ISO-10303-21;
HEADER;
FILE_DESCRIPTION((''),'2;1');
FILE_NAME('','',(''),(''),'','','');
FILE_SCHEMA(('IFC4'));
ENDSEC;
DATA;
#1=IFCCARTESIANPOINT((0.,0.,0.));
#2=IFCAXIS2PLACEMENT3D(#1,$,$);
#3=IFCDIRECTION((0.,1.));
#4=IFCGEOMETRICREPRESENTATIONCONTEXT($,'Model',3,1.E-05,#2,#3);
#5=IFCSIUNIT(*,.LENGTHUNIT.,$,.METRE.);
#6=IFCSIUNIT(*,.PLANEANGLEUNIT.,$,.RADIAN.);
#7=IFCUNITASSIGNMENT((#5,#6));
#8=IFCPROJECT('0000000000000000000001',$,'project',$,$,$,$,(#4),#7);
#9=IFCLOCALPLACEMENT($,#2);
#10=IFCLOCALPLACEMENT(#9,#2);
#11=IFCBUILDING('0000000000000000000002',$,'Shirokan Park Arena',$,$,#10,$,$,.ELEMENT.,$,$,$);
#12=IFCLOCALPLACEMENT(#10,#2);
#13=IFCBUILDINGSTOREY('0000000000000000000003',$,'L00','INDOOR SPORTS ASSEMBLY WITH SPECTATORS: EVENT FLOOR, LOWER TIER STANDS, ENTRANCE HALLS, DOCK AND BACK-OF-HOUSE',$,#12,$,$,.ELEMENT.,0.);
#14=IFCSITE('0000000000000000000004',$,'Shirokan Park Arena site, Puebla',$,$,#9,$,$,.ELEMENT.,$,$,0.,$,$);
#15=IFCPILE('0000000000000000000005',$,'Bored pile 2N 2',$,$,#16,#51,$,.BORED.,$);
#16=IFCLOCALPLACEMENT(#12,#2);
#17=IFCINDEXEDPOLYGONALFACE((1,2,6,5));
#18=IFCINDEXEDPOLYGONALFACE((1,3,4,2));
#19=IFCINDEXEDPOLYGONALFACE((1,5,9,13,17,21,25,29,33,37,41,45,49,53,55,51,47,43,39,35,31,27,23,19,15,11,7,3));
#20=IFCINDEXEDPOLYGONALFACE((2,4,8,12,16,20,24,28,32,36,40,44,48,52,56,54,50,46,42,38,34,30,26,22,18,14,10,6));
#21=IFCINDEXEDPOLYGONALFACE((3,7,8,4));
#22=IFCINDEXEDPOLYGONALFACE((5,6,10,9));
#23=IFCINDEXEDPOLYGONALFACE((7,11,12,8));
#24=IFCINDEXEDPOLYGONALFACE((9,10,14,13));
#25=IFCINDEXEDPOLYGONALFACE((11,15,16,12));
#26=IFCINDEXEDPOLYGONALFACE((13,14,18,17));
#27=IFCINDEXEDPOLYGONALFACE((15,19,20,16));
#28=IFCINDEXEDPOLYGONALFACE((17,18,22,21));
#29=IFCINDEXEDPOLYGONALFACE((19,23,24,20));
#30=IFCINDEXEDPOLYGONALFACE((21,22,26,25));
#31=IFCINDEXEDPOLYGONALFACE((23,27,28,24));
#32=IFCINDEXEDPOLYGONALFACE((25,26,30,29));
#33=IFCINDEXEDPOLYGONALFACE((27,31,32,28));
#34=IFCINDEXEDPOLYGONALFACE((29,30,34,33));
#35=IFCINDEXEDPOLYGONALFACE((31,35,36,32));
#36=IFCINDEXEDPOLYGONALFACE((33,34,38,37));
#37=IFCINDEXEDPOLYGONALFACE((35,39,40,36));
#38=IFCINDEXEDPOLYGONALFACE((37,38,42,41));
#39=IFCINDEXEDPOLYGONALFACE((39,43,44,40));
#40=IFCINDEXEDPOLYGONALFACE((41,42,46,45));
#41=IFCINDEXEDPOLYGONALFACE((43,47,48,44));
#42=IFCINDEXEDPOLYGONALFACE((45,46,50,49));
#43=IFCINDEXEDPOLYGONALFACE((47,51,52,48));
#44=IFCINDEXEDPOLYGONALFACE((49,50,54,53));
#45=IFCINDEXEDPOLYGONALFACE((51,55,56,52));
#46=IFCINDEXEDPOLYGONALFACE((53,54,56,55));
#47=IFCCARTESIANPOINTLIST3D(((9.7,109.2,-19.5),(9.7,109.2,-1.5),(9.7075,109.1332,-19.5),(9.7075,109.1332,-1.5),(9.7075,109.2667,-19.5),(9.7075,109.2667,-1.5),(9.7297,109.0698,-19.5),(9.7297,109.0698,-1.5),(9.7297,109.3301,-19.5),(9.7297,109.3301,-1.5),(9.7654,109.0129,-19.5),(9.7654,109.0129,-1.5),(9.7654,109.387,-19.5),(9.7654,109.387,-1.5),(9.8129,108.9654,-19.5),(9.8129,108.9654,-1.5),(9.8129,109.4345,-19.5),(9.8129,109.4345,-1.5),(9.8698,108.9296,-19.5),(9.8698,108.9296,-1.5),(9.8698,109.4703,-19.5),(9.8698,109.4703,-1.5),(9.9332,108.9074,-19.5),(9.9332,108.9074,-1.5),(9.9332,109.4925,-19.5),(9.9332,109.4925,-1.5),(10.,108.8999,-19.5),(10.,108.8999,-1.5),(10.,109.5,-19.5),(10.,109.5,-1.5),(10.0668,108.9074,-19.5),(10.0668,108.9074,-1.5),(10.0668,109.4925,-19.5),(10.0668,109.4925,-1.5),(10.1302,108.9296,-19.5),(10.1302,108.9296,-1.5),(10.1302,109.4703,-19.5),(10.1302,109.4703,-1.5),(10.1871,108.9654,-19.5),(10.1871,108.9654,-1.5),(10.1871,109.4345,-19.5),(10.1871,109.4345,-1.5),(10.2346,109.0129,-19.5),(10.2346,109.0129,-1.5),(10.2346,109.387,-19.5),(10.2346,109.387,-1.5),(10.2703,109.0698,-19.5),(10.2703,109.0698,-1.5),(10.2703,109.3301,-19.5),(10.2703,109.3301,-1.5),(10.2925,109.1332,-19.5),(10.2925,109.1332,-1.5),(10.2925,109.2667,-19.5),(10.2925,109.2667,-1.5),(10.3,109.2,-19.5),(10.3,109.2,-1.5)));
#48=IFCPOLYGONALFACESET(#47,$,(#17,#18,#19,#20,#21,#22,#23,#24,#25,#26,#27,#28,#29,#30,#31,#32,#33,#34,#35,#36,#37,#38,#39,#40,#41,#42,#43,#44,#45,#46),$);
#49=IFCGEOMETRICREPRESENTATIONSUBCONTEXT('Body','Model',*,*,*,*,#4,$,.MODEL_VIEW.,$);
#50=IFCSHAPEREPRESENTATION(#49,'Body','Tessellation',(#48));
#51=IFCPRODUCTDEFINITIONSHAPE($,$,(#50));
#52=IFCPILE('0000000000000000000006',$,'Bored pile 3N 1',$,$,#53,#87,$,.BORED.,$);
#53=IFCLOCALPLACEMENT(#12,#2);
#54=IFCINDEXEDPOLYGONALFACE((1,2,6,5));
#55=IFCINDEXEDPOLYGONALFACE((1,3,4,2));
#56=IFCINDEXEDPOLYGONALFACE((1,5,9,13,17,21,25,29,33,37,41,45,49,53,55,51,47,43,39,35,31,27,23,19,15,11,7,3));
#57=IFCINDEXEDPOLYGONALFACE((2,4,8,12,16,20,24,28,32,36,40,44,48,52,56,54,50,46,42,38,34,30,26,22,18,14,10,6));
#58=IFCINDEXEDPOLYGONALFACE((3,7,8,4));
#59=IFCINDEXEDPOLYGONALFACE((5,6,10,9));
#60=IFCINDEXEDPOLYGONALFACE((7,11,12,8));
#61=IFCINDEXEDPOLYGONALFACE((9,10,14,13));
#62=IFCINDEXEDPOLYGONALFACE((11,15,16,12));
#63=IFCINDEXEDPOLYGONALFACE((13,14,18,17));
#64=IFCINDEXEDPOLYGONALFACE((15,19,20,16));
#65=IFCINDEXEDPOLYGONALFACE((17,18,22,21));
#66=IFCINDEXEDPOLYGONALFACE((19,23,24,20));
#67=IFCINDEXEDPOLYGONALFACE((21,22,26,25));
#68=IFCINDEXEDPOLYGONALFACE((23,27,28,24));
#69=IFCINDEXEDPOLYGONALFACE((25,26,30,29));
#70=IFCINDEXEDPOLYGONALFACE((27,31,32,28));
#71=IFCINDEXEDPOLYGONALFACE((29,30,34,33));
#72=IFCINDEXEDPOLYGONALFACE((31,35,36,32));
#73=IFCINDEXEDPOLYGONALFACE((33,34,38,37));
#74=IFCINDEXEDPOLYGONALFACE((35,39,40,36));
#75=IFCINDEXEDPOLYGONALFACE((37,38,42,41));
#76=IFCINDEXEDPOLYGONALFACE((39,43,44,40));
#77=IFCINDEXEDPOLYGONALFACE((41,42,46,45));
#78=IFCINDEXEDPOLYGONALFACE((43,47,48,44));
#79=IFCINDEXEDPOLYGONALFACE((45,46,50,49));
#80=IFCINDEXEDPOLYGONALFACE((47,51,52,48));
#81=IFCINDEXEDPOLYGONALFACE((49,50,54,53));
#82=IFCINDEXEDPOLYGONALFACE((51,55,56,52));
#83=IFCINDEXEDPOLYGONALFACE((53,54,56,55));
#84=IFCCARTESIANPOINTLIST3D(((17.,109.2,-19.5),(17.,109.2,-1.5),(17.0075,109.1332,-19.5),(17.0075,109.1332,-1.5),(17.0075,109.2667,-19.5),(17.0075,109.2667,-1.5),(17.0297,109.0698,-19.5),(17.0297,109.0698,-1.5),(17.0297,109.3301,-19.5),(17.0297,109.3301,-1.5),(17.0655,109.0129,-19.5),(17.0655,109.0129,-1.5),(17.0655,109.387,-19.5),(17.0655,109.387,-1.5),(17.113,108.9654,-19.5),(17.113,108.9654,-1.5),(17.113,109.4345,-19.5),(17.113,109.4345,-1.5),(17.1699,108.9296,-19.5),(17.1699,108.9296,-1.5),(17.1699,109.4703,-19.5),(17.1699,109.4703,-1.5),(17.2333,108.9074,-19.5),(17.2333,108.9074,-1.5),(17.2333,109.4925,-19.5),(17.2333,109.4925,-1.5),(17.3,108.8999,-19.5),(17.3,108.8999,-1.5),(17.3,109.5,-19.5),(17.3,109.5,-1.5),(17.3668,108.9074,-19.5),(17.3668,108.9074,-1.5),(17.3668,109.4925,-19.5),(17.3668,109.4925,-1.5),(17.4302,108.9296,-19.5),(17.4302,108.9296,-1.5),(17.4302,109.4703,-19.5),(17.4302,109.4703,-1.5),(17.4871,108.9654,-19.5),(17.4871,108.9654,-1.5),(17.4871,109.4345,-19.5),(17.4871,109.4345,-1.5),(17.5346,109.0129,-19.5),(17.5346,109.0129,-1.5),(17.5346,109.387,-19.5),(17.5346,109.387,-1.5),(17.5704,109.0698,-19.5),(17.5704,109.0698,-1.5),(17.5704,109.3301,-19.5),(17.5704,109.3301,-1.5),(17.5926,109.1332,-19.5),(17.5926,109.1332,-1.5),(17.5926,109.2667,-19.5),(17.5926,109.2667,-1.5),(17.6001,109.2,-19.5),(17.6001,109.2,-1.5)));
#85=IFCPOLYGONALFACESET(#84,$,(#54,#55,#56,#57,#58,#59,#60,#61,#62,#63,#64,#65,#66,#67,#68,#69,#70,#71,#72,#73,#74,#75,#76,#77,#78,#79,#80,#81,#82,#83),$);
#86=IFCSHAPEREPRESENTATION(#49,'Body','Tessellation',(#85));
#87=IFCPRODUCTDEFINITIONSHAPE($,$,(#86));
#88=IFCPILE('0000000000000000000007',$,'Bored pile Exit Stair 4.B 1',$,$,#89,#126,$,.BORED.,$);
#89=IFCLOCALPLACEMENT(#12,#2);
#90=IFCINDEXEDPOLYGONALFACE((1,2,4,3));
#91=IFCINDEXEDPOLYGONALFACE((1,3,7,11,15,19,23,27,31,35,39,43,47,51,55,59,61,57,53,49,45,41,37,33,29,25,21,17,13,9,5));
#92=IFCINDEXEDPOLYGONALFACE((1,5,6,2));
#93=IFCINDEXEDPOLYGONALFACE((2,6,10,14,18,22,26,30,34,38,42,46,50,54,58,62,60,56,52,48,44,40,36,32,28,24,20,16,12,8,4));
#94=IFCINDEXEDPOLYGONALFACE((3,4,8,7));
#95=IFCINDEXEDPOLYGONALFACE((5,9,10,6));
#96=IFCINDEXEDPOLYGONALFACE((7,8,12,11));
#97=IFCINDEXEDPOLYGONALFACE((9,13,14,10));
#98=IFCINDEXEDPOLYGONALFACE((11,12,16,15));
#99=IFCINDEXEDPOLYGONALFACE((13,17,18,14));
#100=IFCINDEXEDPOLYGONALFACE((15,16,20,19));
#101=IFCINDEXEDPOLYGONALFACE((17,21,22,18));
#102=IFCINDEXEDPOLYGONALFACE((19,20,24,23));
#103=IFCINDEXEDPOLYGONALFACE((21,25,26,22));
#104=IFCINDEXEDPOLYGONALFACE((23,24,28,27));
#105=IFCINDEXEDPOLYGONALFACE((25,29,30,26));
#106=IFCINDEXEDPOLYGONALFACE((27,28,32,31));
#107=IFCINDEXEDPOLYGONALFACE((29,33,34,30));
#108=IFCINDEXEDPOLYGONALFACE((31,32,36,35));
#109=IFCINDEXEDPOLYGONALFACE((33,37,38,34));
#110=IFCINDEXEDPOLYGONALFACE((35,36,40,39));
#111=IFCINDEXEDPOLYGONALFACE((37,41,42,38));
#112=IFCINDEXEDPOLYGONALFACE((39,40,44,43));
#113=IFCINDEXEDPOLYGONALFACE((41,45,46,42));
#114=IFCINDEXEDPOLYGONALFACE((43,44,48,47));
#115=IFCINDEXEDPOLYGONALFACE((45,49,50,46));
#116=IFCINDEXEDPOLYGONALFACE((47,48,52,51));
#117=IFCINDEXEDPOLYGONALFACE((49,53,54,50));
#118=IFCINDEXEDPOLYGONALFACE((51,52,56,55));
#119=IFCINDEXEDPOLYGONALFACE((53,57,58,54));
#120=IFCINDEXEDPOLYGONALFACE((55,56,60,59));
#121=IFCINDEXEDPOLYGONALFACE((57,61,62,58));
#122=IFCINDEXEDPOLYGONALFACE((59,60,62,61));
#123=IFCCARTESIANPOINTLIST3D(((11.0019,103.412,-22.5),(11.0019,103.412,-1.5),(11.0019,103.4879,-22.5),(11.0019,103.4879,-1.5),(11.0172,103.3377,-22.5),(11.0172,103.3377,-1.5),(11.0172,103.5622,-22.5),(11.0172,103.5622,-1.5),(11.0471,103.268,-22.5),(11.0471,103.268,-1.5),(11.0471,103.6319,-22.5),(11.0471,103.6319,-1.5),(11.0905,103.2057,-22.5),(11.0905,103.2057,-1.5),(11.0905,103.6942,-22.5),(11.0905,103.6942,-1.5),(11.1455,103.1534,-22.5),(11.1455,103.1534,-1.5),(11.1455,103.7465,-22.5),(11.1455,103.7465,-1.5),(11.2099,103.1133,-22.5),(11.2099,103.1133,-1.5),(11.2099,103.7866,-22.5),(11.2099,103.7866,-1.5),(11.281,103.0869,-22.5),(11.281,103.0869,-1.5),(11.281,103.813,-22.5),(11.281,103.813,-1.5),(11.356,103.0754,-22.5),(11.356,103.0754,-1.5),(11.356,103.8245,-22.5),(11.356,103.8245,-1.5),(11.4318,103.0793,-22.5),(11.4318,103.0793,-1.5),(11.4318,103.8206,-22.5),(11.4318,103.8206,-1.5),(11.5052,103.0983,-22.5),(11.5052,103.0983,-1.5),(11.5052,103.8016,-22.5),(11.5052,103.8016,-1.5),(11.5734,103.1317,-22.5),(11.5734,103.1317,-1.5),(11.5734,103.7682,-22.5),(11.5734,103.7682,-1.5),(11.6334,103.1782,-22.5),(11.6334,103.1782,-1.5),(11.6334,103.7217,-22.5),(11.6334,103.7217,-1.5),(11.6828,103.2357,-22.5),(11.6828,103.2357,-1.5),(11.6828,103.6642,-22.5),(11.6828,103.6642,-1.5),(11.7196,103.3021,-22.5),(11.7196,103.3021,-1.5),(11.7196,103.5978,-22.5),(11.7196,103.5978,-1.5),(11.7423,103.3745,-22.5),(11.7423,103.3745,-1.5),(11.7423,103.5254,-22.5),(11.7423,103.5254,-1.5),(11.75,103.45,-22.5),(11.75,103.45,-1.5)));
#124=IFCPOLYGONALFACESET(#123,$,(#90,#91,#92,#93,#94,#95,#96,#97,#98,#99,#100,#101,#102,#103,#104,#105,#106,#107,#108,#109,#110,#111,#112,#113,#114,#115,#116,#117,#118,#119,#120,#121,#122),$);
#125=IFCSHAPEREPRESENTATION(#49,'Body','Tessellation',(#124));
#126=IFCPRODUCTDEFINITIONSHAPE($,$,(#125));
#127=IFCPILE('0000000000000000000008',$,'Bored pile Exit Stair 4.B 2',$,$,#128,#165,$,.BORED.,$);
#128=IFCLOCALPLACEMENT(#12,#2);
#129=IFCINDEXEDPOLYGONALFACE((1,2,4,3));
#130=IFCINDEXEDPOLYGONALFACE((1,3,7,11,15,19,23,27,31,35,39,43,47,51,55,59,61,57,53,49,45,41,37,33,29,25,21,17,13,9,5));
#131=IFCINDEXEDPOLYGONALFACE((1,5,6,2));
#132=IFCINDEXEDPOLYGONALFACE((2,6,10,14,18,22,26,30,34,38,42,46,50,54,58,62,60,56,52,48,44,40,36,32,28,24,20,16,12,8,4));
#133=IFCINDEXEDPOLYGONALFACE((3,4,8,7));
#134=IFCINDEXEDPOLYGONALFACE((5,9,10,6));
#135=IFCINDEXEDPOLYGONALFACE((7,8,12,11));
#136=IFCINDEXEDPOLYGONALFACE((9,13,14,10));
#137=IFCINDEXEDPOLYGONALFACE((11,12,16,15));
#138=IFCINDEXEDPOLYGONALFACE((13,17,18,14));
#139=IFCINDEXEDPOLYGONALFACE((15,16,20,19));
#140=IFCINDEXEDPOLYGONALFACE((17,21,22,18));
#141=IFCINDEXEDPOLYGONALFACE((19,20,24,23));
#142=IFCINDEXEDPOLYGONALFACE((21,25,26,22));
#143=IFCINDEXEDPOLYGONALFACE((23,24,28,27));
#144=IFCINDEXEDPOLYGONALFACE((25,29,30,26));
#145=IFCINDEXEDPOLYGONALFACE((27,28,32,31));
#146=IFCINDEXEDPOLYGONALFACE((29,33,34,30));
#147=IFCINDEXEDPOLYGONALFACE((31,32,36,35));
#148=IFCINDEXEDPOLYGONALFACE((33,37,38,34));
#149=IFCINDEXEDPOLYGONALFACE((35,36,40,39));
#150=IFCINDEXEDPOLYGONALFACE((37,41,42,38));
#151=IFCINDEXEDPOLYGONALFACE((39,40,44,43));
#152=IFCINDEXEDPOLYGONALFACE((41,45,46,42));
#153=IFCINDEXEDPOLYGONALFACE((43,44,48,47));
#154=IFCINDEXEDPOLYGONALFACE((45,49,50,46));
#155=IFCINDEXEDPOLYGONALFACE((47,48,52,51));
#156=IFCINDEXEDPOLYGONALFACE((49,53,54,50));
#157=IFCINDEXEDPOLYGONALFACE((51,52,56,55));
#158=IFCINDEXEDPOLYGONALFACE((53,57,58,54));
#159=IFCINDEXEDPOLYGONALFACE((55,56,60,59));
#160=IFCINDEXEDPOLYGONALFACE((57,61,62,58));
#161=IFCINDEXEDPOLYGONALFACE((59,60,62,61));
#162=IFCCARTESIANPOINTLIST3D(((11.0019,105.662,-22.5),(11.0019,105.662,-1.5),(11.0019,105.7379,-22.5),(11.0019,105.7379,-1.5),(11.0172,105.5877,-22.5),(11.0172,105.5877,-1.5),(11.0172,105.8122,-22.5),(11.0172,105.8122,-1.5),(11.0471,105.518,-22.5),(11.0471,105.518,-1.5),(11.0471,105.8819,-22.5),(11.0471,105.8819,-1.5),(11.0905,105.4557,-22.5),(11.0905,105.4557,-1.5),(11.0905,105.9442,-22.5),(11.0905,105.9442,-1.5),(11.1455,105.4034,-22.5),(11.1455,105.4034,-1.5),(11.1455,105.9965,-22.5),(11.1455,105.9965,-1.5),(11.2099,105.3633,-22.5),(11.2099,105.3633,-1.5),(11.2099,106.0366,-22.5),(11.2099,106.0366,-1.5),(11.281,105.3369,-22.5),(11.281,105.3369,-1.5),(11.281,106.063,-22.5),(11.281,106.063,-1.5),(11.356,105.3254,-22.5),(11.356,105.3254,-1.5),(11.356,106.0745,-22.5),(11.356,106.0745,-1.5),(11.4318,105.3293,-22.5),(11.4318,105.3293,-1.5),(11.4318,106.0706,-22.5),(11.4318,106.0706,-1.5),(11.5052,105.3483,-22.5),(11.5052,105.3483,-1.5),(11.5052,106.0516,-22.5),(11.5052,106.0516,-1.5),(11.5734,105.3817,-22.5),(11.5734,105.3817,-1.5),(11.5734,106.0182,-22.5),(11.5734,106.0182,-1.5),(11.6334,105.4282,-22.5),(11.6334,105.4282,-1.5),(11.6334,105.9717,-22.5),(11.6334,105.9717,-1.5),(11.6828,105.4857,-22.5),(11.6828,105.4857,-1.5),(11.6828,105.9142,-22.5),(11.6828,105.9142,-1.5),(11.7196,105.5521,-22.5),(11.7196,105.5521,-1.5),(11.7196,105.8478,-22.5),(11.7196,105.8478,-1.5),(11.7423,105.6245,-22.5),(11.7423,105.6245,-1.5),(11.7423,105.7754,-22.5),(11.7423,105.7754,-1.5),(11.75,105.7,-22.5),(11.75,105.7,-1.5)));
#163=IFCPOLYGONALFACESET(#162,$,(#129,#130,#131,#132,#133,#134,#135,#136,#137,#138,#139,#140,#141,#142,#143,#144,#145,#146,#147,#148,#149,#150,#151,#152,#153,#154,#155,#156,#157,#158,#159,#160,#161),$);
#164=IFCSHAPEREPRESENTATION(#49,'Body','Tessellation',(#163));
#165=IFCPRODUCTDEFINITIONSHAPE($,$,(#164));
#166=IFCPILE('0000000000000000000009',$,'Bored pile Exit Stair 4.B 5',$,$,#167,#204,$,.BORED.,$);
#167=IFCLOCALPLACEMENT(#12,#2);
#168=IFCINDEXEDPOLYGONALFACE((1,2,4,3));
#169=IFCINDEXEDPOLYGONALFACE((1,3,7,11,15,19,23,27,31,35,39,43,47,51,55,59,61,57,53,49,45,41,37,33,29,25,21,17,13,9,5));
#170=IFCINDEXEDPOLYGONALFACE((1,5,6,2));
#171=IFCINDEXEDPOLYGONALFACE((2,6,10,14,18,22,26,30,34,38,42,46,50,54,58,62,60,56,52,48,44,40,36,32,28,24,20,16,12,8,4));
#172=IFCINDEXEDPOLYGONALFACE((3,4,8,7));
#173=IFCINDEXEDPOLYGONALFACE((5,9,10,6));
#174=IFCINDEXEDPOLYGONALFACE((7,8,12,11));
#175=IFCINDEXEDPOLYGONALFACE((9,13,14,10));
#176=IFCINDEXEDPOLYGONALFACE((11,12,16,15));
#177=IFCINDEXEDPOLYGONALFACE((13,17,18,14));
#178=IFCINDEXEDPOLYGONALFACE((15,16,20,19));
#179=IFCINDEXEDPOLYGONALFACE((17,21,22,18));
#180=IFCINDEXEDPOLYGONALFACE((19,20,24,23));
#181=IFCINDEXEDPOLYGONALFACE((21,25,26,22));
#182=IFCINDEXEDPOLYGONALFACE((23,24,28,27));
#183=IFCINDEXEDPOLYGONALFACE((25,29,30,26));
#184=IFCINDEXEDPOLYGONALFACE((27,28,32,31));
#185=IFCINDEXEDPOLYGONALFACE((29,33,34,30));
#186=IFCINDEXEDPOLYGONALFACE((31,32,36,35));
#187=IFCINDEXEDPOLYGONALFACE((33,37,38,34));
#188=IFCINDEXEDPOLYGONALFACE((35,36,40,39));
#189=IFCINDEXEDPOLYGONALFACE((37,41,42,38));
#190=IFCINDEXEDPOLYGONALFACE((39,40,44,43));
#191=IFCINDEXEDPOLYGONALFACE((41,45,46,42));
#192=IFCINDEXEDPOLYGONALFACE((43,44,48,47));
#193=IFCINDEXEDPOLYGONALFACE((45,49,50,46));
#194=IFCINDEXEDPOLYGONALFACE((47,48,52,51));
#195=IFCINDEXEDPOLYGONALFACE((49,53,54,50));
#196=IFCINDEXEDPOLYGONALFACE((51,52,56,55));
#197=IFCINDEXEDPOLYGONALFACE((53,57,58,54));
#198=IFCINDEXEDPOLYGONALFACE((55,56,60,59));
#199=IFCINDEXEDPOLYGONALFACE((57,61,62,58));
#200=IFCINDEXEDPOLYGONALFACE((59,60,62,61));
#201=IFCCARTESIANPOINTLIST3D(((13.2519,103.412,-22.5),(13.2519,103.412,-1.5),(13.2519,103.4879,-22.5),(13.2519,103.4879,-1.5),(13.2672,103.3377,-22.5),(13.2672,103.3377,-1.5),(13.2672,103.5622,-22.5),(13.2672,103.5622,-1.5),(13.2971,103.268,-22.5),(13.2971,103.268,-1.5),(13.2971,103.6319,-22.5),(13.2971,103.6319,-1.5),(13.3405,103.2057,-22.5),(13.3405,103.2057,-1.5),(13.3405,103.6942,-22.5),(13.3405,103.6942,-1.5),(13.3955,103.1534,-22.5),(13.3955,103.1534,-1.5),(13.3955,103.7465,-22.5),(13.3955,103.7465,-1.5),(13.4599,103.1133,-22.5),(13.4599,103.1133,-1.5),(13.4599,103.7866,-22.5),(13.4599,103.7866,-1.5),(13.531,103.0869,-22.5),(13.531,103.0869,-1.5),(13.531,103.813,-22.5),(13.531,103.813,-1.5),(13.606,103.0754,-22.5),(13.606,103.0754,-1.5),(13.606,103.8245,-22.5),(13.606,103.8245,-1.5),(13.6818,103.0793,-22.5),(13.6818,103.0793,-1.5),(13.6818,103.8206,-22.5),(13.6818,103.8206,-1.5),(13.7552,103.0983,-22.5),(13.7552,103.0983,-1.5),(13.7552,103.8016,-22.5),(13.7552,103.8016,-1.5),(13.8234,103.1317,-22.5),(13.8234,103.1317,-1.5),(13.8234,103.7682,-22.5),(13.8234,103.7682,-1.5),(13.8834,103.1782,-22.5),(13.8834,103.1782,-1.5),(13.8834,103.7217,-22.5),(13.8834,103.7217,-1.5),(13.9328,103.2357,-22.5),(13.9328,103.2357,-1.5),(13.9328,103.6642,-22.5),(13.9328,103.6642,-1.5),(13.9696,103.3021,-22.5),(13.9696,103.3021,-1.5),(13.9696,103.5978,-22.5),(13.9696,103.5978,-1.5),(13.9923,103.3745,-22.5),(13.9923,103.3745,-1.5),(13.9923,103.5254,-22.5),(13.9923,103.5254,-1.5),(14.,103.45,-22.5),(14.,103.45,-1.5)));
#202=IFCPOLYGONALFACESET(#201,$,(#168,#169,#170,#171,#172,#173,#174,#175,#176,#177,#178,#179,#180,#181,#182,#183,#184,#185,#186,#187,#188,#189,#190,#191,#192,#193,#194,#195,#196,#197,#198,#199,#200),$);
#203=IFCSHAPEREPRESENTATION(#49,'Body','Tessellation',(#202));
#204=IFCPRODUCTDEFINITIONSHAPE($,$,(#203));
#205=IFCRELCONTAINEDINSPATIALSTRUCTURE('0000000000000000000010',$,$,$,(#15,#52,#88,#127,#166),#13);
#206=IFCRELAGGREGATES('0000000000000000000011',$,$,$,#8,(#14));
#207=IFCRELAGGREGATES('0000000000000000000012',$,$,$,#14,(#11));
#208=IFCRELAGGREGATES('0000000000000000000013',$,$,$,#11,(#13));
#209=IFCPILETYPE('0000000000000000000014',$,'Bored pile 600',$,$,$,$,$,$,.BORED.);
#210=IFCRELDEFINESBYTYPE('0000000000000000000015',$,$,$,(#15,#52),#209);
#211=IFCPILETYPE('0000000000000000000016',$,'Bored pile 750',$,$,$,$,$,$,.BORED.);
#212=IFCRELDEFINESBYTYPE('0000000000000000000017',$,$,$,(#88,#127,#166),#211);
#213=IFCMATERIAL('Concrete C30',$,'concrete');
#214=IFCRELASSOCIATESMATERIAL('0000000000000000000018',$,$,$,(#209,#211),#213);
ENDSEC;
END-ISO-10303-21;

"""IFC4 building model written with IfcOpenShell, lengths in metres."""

from ifc_helpers import new_model, si_unit, direction, frame, origin, origin_2d, place, context, subcontext, project, spatial, circle, extrude, material, material_profile, profile_set, type_object, element, save


model = new_model("IFC4")

# Units and contexts
model_context = context("Model", 3, precision=1e-05, world=origin(), true_north=direction((0.0, 1.0)))
body_context = subcontext(model_context, "Body", "Model", "MODEL_VIEW")
ifc_project = project(units=[si_unit("LENGTHUNIT", "METRE"), si_unit("PLANEANGLEUNIT", "RADIAN")], contexts=[model_context])

# Site, building, storey
site_placement = place(None, origin())
site = spatial("IfcSite", under=ifc_project, at=site_placement, Name="Shirokan Park Arena site, Puebla", CompositionType="ELEMENT", RefElevation=0.0)
building_placement = place(site_placement, origin())
building = spatial("IfcBuilding", under=site, at=building_placement, Name="Shirokan Park Arena", CompositionType="ELEMENT")
storey_placement = place(building_placement, origin())
storey = spatial("IfcBuildingStorey", under=building, at=storey_placement, Name="L00", Description="INDOOR SPORTS ASSEMBLY WITH SPECTATORS: EVENT FLOOR, LOWER TIER STANDS, ENTRANCE HALLS, DOCK AND BACK-OF-HOUSE", CompositionType="ELEMENT", Elevation=0.0)

# Piles
ifc_material_1 = material(Name="Concrete C30", Category="concrete")
ifc_material_profile_1 = material_profile(ifc_material_1, circle(Radius=0.3, at=origin_2d()), Name="D600")
ifc_profile_set_1 = profile_set([ifc_material_profile_1], Name="Concrete C30")
pile_type_1 = type_object("IfcPileType", Name="Bored pile 600", PredefinedType="BORED", material=ifc_profile_set_1)
for number, where, z_axis, x_axis, name in (
    (1, (10.0, 109.2, -1.5), (0.0, 0.0, -1.0), (1.0, 0.0, 0.0), "Bored pile 2N 2"),
    (2, (17.3, 109.2, -1.5), (0.0, 0.0, -1.0), (1.0, 0.0, 0.0), "Bored pile 3N 1"),
):
    element("IfcPile", number, at=place(storey_placement, frame(where, z_axis=z_axis, x_axis=x_axis)), inside=storey, type_object=pile_type_1, Name=name, PredefinedType="BORED", context=body_context, shape_type="SweptSolid", body=[
        extrude(circle(Radius=0.3, at=origin_2d()), origin(), (0.0, 0.0, 1.0), 18.0),
    ])
ifc_material_profile_2 = material_profile(ifc_material_1, circle(Radius=0.375, at=origin_2d()), Name="D750")
ifc_profile_set_2 = profile_set([ifc_material_profile_2], Name="Concrete C30")
pile_type_2 = type_object("IfcPileType", Name="Bored pile 750", PredefinedType="BORED", material=ifc_profile_set_2)
for number, where, z_axis, x_axis, name in (
    (3, (11.375, 103.45, -1.5), (0.0, 0.0, -1.0), (1.0, 0.0, 0.0), "Bored pile Exit Stair 4.B 1"),
    (4, (11.375, 105.7, -1.5), (0.0, 0.0, -1.0), (1.0, 0.0, 0.0), "Bored pile Exit Stair 4.B 2"),
    (5, (13.625, 103.45, -1.5), (0.0, 0.0, -1.0), (1.0, 0.0, 0.0), "Bored pile Exit Stair 4.B 5"),
):
    element("IfcPile", number, at=place(storey_placement, frame(where, z_axis=z_axis, x_axis=x_axis)), inside=storey, type_object=pile_type_2, Name=name, PredefinedType="BORED", context=body_context, shape_type="SweptSolid", body=[
        extrude(circle(Radius=0.375, at=origin_2d()), origin(), (0.0, 0.0, 1.0), 21.0),
    ])

save(model, "model.ifc")
